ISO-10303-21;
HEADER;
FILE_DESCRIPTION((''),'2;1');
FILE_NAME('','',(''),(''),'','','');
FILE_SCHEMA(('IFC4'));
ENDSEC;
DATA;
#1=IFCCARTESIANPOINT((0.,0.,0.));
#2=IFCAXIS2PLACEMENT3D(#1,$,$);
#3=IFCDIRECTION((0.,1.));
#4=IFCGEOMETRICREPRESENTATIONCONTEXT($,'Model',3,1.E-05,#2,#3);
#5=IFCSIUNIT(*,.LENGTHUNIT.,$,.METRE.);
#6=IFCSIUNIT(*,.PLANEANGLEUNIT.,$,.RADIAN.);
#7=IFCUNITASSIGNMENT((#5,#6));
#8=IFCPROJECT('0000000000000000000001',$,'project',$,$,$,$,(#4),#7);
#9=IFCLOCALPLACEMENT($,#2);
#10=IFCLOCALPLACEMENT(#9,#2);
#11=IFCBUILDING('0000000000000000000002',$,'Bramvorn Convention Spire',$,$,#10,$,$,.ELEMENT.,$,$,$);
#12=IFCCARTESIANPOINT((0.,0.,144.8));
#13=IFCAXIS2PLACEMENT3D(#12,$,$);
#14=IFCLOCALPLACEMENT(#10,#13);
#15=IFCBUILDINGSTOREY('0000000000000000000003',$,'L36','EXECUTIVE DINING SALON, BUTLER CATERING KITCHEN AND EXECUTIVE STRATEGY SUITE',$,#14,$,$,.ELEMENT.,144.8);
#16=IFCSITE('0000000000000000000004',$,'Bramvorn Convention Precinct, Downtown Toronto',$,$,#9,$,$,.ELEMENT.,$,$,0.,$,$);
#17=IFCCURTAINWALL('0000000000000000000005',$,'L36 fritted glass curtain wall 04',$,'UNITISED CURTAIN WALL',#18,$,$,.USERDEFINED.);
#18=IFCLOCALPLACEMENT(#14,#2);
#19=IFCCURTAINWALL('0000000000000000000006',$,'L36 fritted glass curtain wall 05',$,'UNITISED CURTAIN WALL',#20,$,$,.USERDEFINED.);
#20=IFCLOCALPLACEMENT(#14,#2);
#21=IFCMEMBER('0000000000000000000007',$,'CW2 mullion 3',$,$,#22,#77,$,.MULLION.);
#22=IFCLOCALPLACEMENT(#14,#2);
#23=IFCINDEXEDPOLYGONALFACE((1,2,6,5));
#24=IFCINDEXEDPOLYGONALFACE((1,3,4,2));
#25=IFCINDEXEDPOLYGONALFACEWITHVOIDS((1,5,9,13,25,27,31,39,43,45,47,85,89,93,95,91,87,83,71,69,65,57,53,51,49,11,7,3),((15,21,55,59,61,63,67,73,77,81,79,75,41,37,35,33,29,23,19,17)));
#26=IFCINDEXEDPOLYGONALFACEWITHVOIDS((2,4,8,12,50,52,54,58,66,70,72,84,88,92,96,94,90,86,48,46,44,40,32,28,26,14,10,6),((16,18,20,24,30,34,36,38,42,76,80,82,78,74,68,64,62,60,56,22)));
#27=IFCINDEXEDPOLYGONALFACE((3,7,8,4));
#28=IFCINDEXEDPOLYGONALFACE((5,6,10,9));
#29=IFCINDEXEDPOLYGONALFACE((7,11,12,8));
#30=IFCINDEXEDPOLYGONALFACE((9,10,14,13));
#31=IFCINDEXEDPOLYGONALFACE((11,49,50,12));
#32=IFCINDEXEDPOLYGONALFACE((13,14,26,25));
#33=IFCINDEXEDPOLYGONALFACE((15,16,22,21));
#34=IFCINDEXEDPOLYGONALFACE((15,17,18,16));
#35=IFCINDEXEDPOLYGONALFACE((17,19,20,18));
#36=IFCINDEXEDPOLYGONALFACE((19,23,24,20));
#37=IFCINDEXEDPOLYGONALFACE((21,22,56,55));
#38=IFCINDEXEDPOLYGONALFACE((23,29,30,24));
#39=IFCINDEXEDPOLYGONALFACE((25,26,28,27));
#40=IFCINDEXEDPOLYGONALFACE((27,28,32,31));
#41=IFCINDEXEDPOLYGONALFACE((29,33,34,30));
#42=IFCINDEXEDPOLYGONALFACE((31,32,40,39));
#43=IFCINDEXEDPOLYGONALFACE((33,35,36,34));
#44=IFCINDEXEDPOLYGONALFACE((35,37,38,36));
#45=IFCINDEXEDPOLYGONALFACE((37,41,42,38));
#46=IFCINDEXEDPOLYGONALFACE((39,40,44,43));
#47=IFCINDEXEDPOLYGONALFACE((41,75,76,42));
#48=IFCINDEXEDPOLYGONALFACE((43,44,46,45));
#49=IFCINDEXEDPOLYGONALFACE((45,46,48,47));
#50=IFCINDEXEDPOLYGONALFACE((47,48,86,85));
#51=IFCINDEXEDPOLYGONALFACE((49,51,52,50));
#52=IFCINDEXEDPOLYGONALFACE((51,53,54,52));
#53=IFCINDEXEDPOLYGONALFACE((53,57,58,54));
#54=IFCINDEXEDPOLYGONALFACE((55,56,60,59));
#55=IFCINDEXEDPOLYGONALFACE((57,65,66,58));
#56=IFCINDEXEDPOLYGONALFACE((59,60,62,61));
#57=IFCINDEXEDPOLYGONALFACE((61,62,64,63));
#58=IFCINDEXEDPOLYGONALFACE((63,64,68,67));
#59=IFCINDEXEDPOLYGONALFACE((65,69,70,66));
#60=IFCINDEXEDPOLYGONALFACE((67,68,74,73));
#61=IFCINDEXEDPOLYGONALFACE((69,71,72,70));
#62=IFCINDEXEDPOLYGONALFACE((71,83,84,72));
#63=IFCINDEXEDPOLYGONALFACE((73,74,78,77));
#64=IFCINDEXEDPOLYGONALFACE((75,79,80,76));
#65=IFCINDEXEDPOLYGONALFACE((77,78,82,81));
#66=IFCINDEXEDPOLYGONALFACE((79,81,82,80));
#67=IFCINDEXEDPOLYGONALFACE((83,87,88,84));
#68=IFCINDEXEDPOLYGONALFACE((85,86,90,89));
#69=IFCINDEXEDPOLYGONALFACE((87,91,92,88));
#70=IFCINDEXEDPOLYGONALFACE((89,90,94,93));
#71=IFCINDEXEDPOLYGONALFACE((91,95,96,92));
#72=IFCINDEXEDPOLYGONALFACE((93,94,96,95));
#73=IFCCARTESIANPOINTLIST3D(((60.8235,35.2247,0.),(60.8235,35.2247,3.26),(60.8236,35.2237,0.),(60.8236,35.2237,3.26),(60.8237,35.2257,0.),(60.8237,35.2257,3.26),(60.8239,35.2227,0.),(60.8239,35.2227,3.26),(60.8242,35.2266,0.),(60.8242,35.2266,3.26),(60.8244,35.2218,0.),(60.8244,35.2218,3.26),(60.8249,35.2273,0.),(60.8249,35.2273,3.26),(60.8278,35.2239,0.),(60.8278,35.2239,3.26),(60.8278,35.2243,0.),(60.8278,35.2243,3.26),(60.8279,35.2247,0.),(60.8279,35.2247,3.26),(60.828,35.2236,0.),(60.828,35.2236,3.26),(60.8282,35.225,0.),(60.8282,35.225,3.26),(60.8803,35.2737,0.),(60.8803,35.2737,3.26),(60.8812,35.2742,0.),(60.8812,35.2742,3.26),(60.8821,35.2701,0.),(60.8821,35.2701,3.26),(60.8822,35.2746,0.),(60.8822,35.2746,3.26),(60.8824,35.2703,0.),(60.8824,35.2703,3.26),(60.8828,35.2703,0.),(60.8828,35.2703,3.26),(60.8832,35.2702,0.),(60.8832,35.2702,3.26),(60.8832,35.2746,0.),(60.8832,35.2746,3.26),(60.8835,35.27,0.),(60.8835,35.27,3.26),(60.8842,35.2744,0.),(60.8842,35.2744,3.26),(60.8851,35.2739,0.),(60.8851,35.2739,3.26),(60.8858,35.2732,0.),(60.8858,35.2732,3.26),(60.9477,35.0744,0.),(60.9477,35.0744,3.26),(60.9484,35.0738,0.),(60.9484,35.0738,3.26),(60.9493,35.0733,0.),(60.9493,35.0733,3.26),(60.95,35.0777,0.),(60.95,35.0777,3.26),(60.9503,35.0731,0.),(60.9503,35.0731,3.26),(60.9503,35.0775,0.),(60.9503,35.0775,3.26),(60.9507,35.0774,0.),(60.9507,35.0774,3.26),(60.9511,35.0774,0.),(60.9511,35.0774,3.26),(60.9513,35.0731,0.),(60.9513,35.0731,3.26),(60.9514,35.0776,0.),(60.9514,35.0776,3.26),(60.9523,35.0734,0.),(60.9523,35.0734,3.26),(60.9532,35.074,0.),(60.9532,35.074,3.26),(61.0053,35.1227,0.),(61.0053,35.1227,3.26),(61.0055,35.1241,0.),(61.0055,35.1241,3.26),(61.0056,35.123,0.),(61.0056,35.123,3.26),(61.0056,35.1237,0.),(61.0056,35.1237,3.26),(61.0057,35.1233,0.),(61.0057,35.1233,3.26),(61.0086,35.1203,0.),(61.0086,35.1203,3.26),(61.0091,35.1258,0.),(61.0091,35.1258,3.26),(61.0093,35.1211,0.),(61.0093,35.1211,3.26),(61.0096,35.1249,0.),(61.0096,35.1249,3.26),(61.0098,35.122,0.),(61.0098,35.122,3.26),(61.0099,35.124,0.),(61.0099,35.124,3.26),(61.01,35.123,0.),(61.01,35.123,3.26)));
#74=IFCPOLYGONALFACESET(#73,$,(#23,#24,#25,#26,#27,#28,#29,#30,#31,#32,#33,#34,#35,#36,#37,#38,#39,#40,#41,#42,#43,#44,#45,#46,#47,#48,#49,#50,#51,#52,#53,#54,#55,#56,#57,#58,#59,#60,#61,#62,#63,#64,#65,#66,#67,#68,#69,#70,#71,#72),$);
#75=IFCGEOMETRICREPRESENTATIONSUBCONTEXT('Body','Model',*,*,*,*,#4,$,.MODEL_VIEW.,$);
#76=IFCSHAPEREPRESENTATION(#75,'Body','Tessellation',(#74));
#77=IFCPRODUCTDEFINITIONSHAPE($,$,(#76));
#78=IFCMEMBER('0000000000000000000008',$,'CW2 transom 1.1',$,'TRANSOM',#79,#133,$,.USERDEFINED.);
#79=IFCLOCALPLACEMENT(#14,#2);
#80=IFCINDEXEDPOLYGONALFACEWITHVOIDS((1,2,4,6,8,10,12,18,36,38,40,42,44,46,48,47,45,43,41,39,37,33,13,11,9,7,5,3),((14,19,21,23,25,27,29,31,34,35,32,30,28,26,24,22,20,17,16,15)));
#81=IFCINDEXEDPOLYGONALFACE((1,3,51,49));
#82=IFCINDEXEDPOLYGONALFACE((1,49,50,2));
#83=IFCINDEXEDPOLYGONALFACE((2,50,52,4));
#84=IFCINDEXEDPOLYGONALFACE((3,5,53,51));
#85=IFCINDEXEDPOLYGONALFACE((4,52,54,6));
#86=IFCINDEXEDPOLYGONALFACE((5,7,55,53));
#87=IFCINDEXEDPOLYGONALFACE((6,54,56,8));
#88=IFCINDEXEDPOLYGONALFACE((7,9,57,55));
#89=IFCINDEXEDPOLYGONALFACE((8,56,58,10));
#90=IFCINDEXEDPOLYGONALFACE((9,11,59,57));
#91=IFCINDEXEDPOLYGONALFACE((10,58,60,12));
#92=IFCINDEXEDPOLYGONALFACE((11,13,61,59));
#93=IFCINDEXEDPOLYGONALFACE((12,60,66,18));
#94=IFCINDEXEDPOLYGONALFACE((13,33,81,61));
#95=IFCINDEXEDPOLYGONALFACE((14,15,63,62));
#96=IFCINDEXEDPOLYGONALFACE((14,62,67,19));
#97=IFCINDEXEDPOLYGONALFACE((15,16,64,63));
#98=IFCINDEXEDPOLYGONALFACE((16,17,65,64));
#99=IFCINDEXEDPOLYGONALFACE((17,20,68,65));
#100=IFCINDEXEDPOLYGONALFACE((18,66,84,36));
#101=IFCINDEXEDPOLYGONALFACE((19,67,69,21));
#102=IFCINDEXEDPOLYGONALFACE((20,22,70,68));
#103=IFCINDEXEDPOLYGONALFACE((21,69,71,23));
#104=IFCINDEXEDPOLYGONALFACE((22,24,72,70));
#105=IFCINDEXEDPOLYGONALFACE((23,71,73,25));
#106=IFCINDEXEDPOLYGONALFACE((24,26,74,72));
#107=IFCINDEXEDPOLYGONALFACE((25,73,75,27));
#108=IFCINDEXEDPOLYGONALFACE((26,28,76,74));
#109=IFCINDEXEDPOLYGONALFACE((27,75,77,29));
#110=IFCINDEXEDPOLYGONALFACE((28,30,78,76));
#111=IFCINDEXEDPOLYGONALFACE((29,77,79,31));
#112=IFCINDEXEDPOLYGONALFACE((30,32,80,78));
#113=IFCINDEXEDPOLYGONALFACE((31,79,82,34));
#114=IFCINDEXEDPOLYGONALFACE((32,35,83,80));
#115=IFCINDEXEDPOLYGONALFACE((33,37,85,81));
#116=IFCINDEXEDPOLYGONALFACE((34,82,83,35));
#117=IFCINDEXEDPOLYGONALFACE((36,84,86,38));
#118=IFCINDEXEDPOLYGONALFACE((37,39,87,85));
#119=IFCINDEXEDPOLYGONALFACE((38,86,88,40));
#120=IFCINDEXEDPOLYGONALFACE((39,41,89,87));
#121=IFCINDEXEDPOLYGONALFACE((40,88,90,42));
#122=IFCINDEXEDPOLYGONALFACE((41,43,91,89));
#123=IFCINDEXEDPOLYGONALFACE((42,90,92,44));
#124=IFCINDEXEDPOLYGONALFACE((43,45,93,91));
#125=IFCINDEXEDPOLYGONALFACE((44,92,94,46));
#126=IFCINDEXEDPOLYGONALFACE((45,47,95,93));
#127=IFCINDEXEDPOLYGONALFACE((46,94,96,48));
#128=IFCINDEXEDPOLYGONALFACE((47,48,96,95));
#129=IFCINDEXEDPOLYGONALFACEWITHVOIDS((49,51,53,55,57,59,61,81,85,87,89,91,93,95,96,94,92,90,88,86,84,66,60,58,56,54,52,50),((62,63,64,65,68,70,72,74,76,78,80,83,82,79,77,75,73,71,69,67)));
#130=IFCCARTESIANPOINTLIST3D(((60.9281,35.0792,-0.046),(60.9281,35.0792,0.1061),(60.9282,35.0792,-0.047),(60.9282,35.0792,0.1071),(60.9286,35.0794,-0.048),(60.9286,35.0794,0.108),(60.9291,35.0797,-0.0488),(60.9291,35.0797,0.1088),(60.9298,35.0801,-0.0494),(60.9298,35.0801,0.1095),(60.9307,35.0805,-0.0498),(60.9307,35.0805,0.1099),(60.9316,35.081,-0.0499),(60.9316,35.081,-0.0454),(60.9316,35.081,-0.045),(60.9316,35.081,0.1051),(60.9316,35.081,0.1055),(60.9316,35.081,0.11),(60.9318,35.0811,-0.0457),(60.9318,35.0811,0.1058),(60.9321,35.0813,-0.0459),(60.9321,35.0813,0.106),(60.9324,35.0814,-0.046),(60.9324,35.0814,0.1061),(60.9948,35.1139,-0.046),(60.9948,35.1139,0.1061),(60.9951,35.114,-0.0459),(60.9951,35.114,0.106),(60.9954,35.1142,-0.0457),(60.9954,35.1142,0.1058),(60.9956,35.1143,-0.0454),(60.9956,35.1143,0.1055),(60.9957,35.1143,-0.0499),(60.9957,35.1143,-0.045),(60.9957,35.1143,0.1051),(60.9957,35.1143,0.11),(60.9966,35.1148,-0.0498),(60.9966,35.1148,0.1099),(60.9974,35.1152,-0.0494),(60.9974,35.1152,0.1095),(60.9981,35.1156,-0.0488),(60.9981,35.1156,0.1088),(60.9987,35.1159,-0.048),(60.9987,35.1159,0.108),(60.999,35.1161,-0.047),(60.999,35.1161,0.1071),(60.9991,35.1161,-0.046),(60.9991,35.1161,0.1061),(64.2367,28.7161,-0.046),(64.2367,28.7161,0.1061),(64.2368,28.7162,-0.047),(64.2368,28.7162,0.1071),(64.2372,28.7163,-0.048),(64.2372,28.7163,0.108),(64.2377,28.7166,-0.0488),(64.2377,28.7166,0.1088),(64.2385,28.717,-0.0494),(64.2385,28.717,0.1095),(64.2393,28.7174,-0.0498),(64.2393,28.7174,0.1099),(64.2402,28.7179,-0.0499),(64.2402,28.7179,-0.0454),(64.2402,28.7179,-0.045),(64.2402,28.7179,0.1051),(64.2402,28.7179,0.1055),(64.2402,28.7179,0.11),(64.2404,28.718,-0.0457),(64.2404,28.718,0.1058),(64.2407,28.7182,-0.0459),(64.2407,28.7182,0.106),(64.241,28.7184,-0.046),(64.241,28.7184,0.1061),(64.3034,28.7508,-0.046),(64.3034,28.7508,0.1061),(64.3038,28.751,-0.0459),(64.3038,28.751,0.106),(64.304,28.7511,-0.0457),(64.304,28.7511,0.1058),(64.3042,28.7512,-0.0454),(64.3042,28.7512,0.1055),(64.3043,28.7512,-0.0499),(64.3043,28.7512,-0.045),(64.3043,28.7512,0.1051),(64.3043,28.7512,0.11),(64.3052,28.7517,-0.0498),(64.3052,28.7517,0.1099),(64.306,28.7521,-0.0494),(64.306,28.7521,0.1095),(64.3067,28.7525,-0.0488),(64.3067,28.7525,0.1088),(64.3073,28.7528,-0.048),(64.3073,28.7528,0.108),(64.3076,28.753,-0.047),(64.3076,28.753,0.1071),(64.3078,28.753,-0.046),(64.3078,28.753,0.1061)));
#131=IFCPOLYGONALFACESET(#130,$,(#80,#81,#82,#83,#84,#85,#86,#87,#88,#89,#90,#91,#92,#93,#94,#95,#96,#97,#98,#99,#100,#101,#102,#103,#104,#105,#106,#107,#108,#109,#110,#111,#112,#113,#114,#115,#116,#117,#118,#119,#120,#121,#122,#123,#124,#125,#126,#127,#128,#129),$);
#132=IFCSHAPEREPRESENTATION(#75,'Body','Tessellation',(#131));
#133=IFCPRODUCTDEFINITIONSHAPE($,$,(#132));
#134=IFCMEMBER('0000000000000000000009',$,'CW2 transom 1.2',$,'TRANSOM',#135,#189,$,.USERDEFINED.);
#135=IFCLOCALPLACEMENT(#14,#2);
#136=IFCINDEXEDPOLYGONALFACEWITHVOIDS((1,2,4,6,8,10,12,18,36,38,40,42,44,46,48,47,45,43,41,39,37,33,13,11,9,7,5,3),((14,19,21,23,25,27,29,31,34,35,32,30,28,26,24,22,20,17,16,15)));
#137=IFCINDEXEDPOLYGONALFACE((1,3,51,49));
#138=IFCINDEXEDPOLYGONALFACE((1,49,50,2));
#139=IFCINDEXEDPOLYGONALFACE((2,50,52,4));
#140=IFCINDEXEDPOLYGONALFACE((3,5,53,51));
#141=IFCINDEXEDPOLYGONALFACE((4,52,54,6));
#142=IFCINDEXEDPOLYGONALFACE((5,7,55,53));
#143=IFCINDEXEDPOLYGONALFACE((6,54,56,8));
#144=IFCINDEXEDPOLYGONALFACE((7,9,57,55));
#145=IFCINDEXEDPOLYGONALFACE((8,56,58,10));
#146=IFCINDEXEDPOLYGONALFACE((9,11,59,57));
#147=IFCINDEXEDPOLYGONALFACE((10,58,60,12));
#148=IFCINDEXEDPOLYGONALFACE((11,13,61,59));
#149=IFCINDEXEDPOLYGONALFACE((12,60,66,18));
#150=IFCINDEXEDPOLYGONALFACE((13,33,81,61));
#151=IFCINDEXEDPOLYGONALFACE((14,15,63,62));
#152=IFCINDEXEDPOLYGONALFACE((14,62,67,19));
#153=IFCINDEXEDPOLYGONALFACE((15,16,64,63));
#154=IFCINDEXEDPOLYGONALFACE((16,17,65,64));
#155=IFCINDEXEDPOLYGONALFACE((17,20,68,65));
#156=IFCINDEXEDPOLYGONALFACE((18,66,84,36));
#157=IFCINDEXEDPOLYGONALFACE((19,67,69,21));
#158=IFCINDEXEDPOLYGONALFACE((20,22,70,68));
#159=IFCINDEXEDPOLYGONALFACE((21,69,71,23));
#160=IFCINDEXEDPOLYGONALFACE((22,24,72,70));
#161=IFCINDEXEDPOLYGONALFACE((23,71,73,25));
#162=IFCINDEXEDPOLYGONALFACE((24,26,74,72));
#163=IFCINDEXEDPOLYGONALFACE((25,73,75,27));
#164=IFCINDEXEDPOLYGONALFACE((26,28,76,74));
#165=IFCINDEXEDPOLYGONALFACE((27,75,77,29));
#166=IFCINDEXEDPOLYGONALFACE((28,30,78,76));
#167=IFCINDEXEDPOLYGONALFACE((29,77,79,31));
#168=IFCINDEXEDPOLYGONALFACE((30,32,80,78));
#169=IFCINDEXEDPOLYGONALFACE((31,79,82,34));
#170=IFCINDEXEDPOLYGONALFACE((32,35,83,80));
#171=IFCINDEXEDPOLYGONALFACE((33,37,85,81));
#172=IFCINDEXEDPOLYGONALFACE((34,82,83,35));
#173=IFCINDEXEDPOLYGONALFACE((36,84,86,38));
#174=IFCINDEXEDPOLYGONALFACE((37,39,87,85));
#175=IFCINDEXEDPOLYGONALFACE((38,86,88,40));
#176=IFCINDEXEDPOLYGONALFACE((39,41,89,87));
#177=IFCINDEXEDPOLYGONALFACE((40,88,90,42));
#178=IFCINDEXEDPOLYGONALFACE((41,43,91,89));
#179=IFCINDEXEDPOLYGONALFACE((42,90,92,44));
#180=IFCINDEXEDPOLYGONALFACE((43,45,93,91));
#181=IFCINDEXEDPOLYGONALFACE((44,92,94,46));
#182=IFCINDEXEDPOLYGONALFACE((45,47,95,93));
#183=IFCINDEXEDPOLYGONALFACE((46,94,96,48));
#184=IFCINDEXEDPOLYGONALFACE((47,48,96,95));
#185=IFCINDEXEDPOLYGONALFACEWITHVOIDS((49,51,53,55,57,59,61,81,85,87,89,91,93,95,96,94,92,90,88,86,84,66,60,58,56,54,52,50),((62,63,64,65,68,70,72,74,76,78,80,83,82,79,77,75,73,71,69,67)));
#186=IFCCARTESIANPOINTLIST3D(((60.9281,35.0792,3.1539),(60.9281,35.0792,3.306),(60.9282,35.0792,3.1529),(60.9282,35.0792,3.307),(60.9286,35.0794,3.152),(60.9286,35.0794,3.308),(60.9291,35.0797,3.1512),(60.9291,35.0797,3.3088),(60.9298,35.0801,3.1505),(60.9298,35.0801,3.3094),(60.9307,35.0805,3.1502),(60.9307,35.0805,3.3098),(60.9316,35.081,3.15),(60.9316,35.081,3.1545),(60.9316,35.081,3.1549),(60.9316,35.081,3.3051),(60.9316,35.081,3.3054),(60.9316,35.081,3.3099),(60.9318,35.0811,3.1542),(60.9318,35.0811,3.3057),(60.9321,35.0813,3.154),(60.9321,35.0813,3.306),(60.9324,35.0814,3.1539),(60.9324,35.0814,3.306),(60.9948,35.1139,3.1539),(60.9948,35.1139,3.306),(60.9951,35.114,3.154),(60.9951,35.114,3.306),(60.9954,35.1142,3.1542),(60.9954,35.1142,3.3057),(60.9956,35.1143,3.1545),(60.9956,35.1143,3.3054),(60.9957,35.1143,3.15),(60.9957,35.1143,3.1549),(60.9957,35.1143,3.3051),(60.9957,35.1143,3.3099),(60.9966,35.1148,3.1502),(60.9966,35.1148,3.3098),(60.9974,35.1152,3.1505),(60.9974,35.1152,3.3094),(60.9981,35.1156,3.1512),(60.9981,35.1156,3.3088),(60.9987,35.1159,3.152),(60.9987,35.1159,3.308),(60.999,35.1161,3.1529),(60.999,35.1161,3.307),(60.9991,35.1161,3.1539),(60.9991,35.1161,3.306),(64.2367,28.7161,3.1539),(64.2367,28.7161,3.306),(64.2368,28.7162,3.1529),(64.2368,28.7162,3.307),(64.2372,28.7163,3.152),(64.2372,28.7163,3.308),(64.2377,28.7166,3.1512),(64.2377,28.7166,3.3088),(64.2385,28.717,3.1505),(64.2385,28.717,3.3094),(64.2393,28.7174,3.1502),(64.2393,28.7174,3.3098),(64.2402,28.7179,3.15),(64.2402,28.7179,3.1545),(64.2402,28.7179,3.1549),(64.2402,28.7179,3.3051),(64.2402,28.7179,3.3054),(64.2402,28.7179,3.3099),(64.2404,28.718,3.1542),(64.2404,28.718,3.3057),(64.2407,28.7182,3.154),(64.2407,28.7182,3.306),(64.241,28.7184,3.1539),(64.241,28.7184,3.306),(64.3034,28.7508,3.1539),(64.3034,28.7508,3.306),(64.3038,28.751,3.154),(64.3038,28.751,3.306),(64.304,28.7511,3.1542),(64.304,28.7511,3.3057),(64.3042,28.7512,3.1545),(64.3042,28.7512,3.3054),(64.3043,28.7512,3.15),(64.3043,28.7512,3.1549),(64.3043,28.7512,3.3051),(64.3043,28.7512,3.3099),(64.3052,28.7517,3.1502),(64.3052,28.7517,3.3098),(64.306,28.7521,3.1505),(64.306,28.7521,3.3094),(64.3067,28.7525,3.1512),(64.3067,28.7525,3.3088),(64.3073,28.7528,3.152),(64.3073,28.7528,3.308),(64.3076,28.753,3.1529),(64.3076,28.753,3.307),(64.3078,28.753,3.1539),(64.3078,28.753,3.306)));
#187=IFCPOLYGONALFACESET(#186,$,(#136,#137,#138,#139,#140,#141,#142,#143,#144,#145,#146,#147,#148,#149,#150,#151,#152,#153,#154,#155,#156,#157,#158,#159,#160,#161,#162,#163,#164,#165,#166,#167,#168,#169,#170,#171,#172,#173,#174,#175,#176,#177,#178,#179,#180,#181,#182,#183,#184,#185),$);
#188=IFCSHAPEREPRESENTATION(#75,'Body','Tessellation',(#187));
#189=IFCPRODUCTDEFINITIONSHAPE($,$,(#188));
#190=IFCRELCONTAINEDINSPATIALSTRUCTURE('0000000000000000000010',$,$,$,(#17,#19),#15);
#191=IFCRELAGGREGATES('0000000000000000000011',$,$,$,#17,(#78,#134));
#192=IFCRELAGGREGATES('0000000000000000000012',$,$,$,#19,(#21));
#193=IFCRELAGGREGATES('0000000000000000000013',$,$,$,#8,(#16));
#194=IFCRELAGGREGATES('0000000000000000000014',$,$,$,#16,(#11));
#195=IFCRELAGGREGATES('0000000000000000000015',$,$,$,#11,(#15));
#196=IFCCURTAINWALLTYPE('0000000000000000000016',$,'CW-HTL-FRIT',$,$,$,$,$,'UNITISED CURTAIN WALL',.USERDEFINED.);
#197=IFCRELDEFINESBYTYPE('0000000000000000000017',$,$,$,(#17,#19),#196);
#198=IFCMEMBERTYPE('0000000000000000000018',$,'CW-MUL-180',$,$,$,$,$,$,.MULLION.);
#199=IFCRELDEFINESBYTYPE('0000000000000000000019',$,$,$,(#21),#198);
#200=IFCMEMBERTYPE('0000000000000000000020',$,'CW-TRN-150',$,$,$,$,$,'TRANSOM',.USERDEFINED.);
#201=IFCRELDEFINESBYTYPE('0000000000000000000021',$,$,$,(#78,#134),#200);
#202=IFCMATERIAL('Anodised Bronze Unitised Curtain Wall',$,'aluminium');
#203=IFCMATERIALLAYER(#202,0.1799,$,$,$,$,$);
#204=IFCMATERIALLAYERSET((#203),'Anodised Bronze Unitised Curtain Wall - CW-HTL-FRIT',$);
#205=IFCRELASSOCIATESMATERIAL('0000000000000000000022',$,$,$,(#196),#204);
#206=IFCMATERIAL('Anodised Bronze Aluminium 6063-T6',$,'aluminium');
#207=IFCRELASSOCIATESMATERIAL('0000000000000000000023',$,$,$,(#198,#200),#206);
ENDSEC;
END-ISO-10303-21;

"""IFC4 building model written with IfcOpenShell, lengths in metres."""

from ifc_helpers import new_model, si_unit, direction, frame, origin, origin_2d, place, context, subcontext, project, spatial, hollow_rectangle, extrude, material, layer, layer_set, material_profile, profile_set, type_object, element, aggregate, save


model = new_model("IFC4")

# Units and contexts
model_context = context("Model", 3, precision=1e-05, world=origin(), true_north=direction((0.0, 1.0)))
body_context = subcontext(model_context, "Body", "Model", "MODEL_VIEW")
ifc_project = project(units=[si_unit("LENGTHUNIT", "METRE"), si_unit("PLANEANGLEUNIT", "RADIAN")], contexts=[model_context])

# Site, building, storey
site_placement = place(None, origin())
site = spatial("IfcSite", under=ifc_project, at=site_placement, Name="Bramvorn Convention Precinct, Downtown Toronto", CompositionType="ELEMENT", RefElevation=0.0)
building_placement = place(site_placement, origin())
building = spatial("IfcBuilding", under=site, at=building_placement, Name="Bramvorn Convention Spire", CompositionType="ELEMENT")
storey_placement = place(building_placement, frame((0.0, 0.0, 144.8)))
storey = spatial("IfcBuildingStorey", under=building, at=storey_placement, Name="L36", Description="EXECUTIVE DINING SALON, BUTLER CATERING KITCHEN AND EXECUTIVE STRATEGY SUITE", CompositionType="ELEMENT", Elevation=144.8)

# Curtain walls, member
ifc_material_1 = material(Name="Anodised Bronze Unitised Curtain Wall", Category="aluminium")
ifc_layer_1 = layer(ifc_material_1, 0.1799)
ifc_layer_set_1 = layer_set([ifc_layer_1], Name="Anodised Bronze Unitised Curtain Wall - CW-HTL-FRIT")
curtain_wall_type = type_object("IfcCurtainWallType", Name="CW-HTL-FRIT", ElementType="UNITISED CURTAIN WALL", PredefinedType="USERDEFINED", material=ifc_layer_set_1)
curtain_wall_1_placement = place(storey_placement, origin())
curtain_wall_1 = element("IfcCurtainWall", 1, at=curtain_wall_1_placement, inside=storey, type_object=curtain_wall_type, Name="L36 fritted glass curtain wall 04", ObjectType="UNITISED CURTAIN WALL", PredefinedType="USERDEFINED")
ifc_material_2 = material(Name="Anodised Bronze Aluminium 6063-T6", Category="aluminium")
ifc_material_profile_1 = material_profile(ifc_material_2, hollow_rectangle(XDim=0.0801, YDim=0.2, WallThickness=0.0039, InnerFilletRadius=0.001, OuterFilletRadius=0.0039, at=origin_2d()))
ifc_profile_set_1 = profile_set([ifc_material_profile_1], Name="Anodised Bronze Aluminium 6063-T6 - CWM80X200")
member_type_1 = type_object("IfcMemberType", Name="CW-MUL-180", PredefinedType="MULLION", material=ifc_profile_set_1)
curtain_wall_2_placement = place(storey_placement, origin())
curtain_wall_2 = element("IfcCurtainWall", 2, at=curtain_wall_2_placement, inside=storey, type_object=curtain_wall_type, Name="L36 fritted glass curtain wall 05", ObjectType="UNITISED CURTAIN WALL", PredefinedType="USERDEFINED")
member_1_placement = place(storey_placement, frame((60.9167, 35.1738, 0.0), z_axis=(0.0, 0.0, 1.0), x_axis=(0.767161, 0.641454, 0.0)))
member_1 = element("IfcMember", 3, at=member_1_placement, type_object=member_type_1, Name="CW2 mullion 3", PredefinedType="MULLION", context=body_context, shape_type="SweptSolid", body=[
    extrude(hollow_rectangle(XDim=0.0801, YDim=0.2, WallThickness=0.0039, InnerFilletRadius=0.001, OuterFilletRadius=0.0039, at=origin_2d()), origin(), (0.0, 0.0, 1.0), 3.26),
])

# Members
ifc_material_profile_2 = material_profile(ifc_material_2, hollow_rectangle(XDim=0.0801, YDim=0.1599, WallThickness=0.0039, InnerFilletRadius=0.001, OuterFilletRadius=0.0039, at=origin_2d()))
ifc_profile_set_2 = profile_set([ifc_material_profile_2], Name="Anodised Bronze Aluminium 6063-T6 - CWT80X160")
member_type_2 = type_object("IfcMemberType", Name="CW-TRN-150", ElementType="TRANSOM", PredefinedType="USERDEFINED", material=ifc_profile_set_2)
member_2_placement = place(storey_placement, frame((60.9636, 35.0977, 0.03), z_axis=(0.461332, -0.887227, 0.0), x_axis=(0.887227, 0.461332, 0.0)))
member_2 = element("IfcMember", 4, at=member_2_placement, type_object=member_type_2, Name="CW2 transom 1.1", ObjectType="TRANSOM", PredefinedType="USERDEFINED", context=body_context, shape_type="SweptSolid", body=[
    extrude(hollow_rectangle(XDim=0.0801, YDim=0.1599, WallThickness=0.0039, InnerFilletRadius=0.001, OuterFilletRadius=0.0039, at=origin_2d()), origin(), (0.0, 0.0, 1.0), 7.1719),
])
member_3_placement = place(storey_placement, frame((60.9636, 35.0977, 3.23), z_axis=(0.461332, -0.887227, 0.0), x_axis=(0.887227, 0.461332, 0.0)))
member_3 = element("IfcMember", 5, at=member_3_placement, type_object=member_type_2, Name="CW2 transom 1.2", ObjectType="TRANSOM", PredefinedType="USERDEFINED", context=body_context, shape_type="SweptSolid", body=[
    extrude(hollow_rectangle(XDim=0.0801, YDim=0.1599, WallThickness=0.0039, InnerFilletRadius=0.001, OuterFilletRadius=0.0039, at=origin_2d()), origin(), (0.0, 0.0, 1.0), 7.1719),
])

aggregate(curtain_wall_1, [member_2, member_3])
aggregate(curtain_wall_2, [member_1])

save(model, "model.ifc")
